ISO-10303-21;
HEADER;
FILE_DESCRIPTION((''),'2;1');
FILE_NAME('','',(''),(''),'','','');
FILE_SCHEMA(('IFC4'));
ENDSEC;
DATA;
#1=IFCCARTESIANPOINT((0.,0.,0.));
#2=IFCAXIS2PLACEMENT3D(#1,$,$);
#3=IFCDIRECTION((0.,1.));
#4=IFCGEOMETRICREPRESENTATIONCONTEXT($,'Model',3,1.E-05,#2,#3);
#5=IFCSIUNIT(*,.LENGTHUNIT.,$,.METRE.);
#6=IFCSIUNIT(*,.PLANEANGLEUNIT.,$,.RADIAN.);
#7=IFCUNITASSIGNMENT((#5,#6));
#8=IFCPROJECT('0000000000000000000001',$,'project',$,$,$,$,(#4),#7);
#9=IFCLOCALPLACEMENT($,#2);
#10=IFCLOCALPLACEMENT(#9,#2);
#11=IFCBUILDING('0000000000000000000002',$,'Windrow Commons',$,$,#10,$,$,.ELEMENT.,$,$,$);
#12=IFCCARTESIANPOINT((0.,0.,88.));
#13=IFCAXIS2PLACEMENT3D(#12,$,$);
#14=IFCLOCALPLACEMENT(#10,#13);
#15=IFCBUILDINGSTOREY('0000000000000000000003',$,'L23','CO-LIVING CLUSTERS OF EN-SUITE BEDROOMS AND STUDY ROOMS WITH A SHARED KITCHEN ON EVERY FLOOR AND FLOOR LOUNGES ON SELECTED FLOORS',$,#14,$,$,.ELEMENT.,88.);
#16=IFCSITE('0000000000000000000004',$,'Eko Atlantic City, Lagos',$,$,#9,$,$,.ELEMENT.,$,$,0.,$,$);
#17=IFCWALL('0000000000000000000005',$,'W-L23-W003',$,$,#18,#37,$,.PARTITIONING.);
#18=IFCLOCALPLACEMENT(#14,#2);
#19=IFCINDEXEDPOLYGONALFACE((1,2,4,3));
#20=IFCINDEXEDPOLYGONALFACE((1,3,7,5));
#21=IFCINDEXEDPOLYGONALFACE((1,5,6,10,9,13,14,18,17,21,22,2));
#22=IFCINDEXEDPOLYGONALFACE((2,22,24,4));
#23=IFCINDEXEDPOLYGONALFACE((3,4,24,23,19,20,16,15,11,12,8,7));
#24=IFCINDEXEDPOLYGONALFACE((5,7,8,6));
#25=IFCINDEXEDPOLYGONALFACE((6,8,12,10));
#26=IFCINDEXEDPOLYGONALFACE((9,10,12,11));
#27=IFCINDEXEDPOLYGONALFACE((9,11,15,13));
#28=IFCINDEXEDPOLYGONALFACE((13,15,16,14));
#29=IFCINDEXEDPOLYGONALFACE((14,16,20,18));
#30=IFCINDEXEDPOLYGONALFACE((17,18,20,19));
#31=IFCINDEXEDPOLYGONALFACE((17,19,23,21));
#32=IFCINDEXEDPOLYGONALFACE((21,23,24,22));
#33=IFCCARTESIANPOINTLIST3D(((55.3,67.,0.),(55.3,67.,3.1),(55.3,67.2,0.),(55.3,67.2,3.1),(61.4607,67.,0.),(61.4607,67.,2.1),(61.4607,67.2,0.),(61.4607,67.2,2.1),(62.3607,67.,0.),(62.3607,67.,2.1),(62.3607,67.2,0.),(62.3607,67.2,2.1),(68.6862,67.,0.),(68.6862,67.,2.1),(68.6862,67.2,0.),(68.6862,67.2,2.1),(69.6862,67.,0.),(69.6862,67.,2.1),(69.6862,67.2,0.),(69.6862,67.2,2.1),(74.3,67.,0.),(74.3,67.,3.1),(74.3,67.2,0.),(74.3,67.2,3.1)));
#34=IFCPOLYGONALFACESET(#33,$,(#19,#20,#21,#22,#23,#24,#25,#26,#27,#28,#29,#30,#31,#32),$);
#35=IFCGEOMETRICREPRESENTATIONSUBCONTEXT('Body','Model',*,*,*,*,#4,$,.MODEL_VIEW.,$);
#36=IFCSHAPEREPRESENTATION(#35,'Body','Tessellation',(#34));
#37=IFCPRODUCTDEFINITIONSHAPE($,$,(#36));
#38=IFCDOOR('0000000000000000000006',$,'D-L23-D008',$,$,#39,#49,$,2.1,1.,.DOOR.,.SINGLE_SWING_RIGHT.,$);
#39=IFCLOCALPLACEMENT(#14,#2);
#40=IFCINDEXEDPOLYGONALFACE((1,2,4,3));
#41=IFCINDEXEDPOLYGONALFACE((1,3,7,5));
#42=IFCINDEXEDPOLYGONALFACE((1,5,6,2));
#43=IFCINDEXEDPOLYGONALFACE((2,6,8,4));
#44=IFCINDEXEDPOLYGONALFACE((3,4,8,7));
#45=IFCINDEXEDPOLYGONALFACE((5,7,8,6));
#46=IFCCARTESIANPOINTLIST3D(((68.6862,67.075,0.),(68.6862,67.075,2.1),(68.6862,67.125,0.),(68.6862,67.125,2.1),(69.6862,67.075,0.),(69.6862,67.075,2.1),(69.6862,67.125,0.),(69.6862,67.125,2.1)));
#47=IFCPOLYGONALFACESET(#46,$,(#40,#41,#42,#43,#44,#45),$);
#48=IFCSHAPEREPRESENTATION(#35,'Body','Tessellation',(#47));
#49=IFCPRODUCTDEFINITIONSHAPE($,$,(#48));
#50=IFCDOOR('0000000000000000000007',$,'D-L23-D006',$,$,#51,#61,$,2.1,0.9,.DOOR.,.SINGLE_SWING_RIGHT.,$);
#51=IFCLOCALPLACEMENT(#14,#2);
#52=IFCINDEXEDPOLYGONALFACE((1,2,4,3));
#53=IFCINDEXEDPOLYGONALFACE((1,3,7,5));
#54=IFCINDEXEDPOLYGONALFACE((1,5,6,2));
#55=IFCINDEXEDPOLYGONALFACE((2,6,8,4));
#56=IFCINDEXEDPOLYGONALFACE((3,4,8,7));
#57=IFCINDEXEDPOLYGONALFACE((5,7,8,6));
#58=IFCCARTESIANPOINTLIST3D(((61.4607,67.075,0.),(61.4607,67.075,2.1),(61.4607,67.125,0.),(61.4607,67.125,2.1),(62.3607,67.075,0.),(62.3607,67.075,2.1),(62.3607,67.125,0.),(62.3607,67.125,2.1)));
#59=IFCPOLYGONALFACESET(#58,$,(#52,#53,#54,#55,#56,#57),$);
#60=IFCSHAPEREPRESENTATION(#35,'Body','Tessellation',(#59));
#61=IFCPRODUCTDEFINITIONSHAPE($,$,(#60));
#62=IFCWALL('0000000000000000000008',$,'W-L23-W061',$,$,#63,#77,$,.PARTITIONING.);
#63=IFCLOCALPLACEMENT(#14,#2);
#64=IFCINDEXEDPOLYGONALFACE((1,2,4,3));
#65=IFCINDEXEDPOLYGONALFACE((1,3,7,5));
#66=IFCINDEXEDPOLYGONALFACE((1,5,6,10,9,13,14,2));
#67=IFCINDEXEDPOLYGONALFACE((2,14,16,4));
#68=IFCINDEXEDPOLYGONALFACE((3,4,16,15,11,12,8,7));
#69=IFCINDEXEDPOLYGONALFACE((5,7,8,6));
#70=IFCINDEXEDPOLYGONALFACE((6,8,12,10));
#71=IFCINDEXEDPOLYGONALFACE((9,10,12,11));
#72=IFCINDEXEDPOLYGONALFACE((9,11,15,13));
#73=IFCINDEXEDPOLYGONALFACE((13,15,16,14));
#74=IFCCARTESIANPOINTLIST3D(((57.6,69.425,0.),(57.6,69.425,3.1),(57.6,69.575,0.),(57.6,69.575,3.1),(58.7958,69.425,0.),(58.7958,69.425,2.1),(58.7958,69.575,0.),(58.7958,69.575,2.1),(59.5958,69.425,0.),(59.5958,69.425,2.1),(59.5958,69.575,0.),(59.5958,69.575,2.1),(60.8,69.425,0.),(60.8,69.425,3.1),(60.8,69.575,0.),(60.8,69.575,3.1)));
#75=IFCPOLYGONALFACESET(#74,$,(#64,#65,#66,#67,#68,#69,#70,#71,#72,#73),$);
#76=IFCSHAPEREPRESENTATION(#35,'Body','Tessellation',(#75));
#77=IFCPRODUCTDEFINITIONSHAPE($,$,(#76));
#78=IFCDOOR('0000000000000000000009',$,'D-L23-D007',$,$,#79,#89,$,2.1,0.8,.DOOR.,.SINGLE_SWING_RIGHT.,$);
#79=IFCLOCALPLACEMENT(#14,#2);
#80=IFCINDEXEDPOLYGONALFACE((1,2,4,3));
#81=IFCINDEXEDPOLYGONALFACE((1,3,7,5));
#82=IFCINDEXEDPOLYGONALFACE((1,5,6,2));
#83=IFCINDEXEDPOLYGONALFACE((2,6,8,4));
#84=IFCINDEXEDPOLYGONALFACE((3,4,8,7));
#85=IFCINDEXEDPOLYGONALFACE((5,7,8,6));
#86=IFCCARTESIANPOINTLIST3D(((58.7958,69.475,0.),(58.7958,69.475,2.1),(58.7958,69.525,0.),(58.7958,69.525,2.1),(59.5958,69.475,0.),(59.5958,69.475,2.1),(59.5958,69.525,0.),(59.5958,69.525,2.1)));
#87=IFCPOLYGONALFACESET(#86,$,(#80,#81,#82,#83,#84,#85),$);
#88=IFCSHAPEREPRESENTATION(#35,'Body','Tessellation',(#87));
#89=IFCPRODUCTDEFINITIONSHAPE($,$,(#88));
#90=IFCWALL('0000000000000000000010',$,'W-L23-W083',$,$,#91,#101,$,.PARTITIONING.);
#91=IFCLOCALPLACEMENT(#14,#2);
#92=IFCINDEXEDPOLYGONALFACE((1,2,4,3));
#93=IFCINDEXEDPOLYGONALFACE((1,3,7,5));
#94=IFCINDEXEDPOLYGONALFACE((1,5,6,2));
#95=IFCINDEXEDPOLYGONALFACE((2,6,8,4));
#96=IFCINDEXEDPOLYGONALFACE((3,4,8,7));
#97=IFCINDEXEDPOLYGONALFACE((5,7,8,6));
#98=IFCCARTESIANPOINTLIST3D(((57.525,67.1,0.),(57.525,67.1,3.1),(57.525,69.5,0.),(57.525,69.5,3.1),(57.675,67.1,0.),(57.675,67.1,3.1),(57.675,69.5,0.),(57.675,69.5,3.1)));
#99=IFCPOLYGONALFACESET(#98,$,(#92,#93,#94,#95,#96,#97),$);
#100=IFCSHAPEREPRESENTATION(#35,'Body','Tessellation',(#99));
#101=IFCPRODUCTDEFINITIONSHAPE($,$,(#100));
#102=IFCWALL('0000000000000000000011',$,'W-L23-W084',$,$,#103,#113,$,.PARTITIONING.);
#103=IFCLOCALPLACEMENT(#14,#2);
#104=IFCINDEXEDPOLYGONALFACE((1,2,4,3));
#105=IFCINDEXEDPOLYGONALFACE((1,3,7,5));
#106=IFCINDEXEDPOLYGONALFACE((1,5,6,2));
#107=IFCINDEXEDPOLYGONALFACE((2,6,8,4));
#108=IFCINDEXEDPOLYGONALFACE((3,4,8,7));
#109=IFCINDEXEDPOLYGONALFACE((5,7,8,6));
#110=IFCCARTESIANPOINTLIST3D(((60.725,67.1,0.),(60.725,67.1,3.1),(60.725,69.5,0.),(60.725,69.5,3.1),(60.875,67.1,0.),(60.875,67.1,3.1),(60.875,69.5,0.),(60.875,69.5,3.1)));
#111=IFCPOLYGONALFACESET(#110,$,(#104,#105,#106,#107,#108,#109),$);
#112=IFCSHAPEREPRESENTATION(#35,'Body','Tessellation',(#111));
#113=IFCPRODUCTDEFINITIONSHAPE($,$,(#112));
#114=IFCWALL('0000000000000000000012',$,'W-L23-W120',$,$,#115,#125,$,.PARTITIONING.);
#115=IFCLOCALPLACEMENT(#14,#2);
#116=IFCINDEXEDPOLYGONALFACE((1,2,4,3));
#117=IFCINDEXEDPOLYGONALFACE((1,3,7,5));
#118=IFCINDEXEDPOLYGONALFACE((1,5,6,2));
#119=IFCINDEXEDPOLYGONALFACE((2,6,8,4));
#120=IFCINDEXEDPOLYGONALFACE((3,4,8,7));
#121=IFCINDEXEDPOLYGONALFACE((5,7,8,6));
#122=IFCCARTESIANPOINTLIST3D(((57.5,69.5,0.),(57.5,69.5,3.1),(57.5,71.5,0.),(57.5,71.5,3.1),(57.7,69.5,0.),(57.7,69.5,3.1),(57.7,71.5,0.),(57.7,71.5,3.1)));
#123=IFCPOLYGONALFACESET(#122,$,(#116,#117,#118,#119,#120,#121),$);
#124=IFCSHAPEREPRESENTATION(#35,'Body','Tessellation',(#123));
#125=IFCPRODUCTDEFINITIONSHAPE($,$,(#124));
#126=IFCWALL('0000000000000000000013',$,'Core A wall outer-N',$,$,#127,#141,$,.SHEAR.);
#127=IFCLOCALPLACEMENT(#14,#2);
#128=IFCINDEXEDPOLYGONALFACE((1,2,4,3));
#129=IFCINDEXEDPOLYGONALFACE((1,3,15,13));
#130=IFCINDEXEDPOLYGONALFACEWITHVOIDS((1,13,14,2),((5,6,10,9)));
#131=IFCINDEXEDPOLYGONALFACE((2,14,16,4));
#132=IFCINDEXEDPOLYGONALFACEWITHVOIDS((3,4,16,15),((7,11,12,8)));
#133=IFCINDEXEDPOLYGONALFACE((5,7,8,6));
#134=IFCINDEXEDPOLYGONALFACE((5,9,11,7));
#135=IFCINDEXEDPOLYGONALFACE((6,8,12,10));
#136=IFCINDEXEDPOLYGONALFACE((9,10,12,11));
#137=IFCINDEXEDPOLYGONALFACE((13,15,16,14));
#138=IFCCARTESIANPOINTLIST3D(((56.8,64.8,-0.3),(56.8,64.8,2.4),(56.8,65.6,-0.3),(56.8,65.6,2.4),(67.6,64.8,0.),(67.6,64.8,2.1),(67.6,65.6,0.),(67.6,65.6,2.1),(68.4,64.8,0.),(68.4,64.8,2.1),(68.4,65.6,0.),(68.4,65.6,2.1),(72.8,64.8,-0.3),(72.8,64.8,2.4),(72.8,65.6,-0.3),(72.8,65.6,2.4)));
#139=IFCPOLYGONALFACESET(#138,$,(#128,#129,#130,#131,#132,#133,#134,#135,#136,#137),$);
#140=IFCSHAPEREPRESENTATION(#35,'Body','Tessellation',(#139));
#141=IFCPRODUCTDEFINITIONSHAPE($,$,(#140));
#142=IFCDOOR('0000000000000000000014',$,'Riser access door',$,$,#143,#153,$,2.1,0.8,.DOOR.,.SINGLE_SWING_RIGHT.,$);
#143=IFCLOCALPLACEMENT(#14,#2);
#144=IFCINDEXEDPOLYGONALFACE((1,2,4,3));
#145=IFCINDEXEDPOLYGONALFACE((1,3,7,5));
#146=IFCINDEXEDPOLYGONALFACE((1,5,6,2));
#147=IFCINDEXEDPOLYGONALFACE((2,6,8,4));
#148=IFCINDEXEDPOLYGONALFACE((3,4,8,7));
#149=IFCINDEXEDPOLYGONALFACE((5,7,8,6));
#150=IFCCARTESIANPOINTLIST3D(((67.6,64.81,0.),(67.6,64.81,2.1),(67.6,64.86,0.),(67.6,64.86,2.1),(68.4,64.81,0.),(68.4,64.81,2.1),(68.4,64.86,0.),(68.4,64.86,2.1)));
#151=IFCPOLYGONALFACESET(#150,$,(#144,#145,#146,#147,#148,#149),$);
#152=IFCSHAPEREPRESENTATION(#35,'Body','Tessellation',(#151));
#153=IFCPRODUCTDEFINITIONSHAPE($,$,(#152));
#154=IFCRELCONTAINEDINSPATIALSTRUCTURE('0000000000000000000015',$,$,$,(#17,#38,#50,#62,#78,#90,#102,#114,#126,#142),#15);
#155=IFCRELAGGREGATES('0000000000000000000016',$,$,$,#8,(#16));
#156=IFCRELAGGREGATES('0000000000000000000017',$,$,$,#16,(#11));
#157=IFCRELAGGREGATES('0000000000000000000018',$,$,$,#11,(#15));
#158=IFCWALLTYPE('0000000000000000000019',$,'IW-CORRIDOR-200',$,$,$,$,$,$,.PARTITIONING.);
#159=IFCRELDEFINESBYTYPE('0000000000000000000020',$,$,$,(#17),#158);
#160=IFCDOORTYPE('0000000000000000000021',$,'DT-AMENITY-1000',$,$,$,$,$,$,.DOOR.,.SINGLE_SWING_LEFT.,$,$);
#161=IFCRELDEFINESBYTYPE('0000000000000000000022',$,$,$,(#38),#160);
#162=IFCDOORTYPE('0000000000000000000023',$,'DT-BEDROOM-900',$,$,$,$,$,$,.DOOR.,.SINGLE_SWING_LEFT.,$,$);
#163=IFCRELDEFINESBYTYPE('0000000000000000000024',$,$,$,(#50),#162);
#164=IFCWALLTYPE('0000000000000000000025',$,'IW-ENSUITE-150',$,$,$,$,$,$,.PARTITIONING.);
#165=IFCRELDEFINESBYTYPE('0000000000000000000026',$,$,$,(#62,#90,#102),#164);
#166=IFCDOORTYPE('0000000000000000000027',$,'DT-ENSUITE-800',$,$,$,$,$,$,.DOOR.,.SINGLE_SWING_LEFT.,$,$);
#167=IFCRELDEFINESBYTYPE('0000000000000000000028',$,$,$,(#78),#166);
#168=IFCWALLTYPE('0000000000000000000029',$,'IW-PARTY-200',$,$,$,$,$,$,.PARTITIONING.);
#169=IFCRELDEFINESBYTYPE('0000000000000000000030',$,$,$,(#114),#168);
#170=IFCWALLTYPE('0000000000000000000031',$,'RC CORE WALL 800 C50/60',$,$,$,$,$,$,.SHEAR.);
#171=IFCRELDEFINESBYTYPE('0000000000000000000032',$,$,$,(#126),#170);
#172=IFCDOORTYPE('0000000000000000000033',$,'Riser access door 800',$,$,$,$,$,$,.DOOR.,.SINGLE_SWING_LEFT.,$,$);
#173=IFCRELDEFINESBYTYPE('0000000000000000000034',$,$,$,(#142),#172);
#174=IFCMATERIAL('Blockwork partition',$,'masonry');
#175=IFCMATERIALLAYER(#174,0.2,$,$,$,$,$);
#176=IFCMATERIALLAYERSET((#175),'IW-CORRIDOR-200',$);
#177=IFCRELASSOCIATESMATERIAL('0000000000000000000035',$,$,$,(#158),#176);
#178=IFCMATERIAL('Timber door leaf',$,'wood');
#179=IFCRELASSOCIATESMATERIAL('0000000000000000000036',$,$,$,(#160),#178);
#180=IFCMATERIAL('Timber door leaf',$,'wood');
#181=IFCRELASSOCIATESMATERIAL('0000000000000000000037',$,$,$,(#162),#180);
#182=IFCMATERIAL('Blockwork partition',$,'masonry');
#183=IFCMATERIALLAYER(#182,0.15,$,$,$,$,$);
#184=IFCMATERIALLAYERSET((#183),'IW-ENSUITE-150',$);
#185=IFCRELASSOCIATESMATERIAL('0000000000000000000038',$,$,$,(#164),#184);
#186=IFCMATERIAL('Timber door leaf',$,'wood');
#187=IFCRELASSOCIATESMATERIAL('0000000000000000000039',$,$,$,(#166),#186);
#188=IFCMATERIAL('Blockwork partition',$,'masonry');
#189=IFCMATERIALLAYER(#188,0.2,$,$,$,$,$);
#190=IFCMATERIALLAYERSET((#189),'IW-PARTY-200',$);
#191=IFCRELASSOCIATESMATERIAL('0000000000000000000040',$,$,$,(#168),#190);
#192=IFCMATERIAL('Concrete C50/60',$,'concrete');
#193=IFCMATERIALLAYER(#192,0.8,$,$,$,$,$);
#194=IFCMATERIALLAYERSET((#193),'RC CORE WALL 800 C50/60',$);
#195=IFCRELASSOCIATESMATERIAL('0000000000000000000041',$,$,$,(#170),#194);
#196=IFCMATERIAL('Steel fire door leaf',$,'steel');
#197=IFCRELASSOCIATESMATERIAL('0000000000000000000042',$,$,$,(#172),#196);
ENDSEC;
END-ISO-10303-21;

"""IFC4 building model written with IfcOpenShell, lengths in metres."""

from ifc_helpers import new_model, si_unit, direction, frame, frame_2d, origin, place, context, subcontext, project, spatial, rectangle, extrude, material, layer, layer_set, type_object, element, fill, save


model = new_model("IFC4")

# Units and contexts
model_context = context("Model", 3, precision=1e-05, world=origin(), true_north=direction((0.0, 1.0)))
body_context = subcontext(model_context, "Body", "Model", "MODEL_VIEW")
ifc_project = project(units=[si_unit("LENGTHUNIT", "METRE"), si_unit("PLANEANGLEUNIT", "RADIAN")], contexts=[model_context])

# Site, building, storey
site_placement = place(None, origin())
site = spatial("IfcSite", under=ifc_project, at=site_placement, Name="Eko Atlantic City, Lagos", CompositionType="ELEMENT", RefElevation=0.0)
building_placement = place(site_placement, origin())
building = spatial("IfcBuilding", under=site, at=building_placement, Name="Windrow Commons", CompositionType="ELEMENT")
storey_placement = place(building_placement, frame((0.0, 0.0, 88.0)))
storey = spatial("IfcBuildingStorey", under=building, at=storey_placement, Name="L23", Description="CO-LIVING CLUSTERS OF EN-SUITE BEDROOMS AND STUDY ROOMS WITH A SHARED KITCHEN ON EVERY FLOOR AND FLOOR LOUNGES ON SELECTED FLOORS", CompositionType="ELEMENT", Elevation=88.0)

# Wall, openings, doors
ifc_material_1 = material(Name="Blockwork partition", Category="masonry")
ifc_layer_1 = layer(ifc_material_1, 0.2)
ifc_layer_set_1 = layer_set([ifc_layer_1], Name="IW-CORRIDOR-200")
wall_type_1 = type_object("IfcWallType", Name="IW-CORRIDOR-200", PredefinedType="PARTITIONING", material=ifc_layer_set_1)
wall_1_placement = place(storey_placement, frame((55.3, 67.1, 0.0), z_axis=(0.0, 0.0, 1.0), x_axis=(1.0, 0.0, 0.0)))
wall_1 = element("IfcWall", 1, at=wall_1_placement, inside=storey, type_object=wall_type_1, Name="W-L23-W003", PredefinedType="PARTITIONING", context=body_context, shape_type="SweptSolid", body=[
    extrude(rectangle(XDim=19.0, YDim=0.2, at=frame_2d((9.5, 0.0))), origin(), (0.0, 0.0, 1.0), 3.1),
])
opening_1_placement = place(wall_1_placement, frame((6.1607, 0.0, 0.0)))
opening_1 = element("IfcOpeningElement", 2, at=opening_1_placement, cuts=wall_1, PredefinedType="OPENING", context=body_context, shape_type="SweptSolid", body=[
    extrude(rectangle(XDim=0.9, YDim=2.1, at=frame_2d((0.45, 1.05))), frame((0.0, 0.11, 0.0), z_axis=(0.0, -1.0, 0.0), x_axis=(1.0, 0.0, 0.0)), (0.0, 0.0, 1.0), 0.22),
])
opening_2_placement = place(wall_1_placement, frame((13.3862, 0.0, 0.0)))
opening_2 = element("IfcOpeningElement", 3, at=opening_2_placement, cuts=wall_1, PredefinedType="OPENING", context=body_context, shape_type="SweptSolid", body=[
    extrude(rectangle(XDim=1.0, YDim=2.1, at=frame_2d((0.5, 1.05))), frame((0.0, 0.11, 0.0), z_axis=(0.0, -1.0, 0.0), x_axis=(1.0, 0.0, 0.0)), (0.0, 0.0, 1.0), 0.22),
])
ifc_material_2 = material(Name="Timber door leaf", Category="wood")
door_type_1 = type_object("IfcDoorType", Name="DT-AMENITY-1000", OperationType="SINGLE_SWING_LEFT", PredefinedType="DOOR", material=ifc_material_2)
door_1_placement = place(opening_2_placement, origin())
door_1 = element("IfcDoor", 4, at=door_1_placement, inside=storey, type_object=door_type_1, Name="D-L23-D008", OperationType="SINGLE_SWING_RIGHT", OverallHeight=2.1, OverallWidth=1.0, PredefinedType="DOOR", context=body_context, shape_type="SweptSolid", body=[
    extrude(rectangle(XDim=1.0, YDim=2.1, at=frame_2d((0.5, 1.05))), frame((0.0, 0.025, 0.0), z_axis=(0.0, -1.0, 0.0), x_axis=(1.0, 0.0, 0.0)), (0.0, 0.0, 1.0), 0.05),
])
fill(opening_2, door_1)
ifc_material_3 = material(Name="Timber door leaf", Category="wood")
door_type_2 = type_object("IfcDoorType", Name="DT-BEDROOM-900", OperationType="SINGLE_SWING_LEFT", PredefinedType="DOOR", material=ifc_material_3)
door_2_placement = place(opening_1_placement, origin())
door_2 = element("IfcDoor", 5, at=door_2_placement, inside=storey, type_object=door_type_2, Name="D-L23-D006", OperationType="SINGLE_SWING_RIGHT", OverallHeight=2.1, OverallWidth=0.9, PredefinedType="DOOR", context=body_context, shape_type="SweptSolid", body=[
    extrude(rectangle(XDim=0.9, YDim=2.1, at=frame_2d((0.45, 1.05))), frame((0.0, 0.025, 0.0), z_axis=(0.0, -1.0, 0.0), x_axis=(1.0, 0.0, 0.0)), (0.0, 0.0, 1.0), 0.05),
])
fill(opening_1, door_2)

# Wall, opening, door
ifc_material_4 = material(Name="Blockwork partition", Category="masonry")
ifc_layer_2 = layer(ifc_material_4, 0.15)
ifc_layer_set_2 = layer_set([ifc_layer_2], Name="IW-ENSUITE-150")
wall_type_2 = type_object("IfcWallType", Name="IW-ENSUITE-150", PredefinedType="PARTITIONING", material=ifc_layer_set_2)
wall_2_placement = place(storey_placement, frame((57.6, 69.5, 0.0), z_axis=(0.0, 0.0, 1.0), x_axis=(1.0, 0.0, 0.0)))
wall_2 = element("IfcWall", 6, at=wall_2_placement, inside=storey, type_object=wall_type_2, Name="W-L23-W061", PredefinedType="PARTITIONING", context=body_context, shape_type="SweptSolid", body=[
    extrude(rectangle(XDim=3.2, YDim=0.15, at=frame_2d((1.6, 0.0))), origin(), (0.0, 0.0, 1.0), 3.1),
])
opening_3_placement = place(wall_2_placement, frame((1.1958, 0.0, 0.0)))
opening_3 = element("IfcOpeningElement", 7, at=opening_3_placement, cuts=wall_2, PredefinedType="OPENING", context=body_context, shape_type="SweptSolid", body=[
    extrude(rectangle(XDim=0.8, YDim=2.1, at=frame_2d((0.4, 1.05))), frame((0.0, 0.085, 0.0), z_axis=(0.0, -1.0, 0.0), x_axis=(1.0, 0.0, 0.0)), (0.0, 0.0, 1.0), 0.17),
])
ifc_material_5 = material(Name="Timber door leaf", Category="wood")
door_type_3 = type_object("IfcDoorType", Name="DT-ENSUITE-800", OperationType="SINGLE_SWING_LEFT", PredefinedType="DOOR", material=ifc_material_5)
door_3_placement = place(opening_3_placement, origin())
door_3 = element("IfcDoor", 8, at=door_3_placement, inside=storey, type_object=door_type_3, Name="D-L23-D007", OperationType="SINGLE_SWING_RIGHT", OverallHeight=2.1, OverallWidth=0.8, PredefinedType="DOOR", context=body_context, shape_type="SweptSolid", body=[
    extrude(rectangle(XDim=0.8, YDim=2.1, at=frame_2d((0.4, 1.05))), frame((0.0, 0.025, 0.0), z_axis=(0.0, -1.0, 0.0), x_axis=(1.0, 0.0, 0.0)), (0.0, 0.0, 1.0), 0.05),
])
fill(opening_3, door_3)

# Walls
for number, where, z_axis, x_axis, name in (
    (9, (57.6, 67.1, 0.0), (0.0, 0.0, 1.0), (0.0, 1.0, 0.0), "W-L23-W083"),
    (10, (60.8, 67.1, 0.0), (0.0, 0.0, 1.0), (0.0, 1.0, 0.0), "W-L23-W084"),
):
    element("IfcWall", number, at=place(storey_placement, frame(where, z_axis=z_axis, x_axis=x_axis)), inside=storey, type_object=wall_type_2, Name=name, PredefinedType="PARTITIONING", context=body_context, shape_type="SweptSolid", body=[
        extrude(rectangle(XDim=2.4, YDim=0.15, at=frame_2d((1.2, 0.0))), origin(), (0.0, 0.0, 1.0), 3.1),
    ])
ifc_material_6 = material(Name="Blockwork partition", Category="masonry")
ifc_layer_3 = layer(ifc_material_6, 0.2)
ifc_layer_set_3 = layer_set([ifc_layer_3], Name="IW-PARTY-200")
wall_type_3 = type_object("IfcWallType", Name="IW-PARTY-200", PredefinedType="PARTITIONING", material=ifc_layer_set_3)
wall_3_placement = place(storey_placement, frame((57.6, 69.5, 0.0), z_axis=(0.0, 0.0, 1.0), x_axis=(0.0, 1.0, 0.0)))
element("IfcWall", 11, at=wall_3_placement, inside=storey, type_object=wall_type_3, Name="W-L23-W120", PredefinedType="PARTITIONING", context=body_context, shape_type="SweptSolid", body=[
    extrude(rectangle(XDim=2.0, YDim=0.2, at=frame_2d((1.0, 0.0))), origin(), (0.0, 0.0, 1.0), 3.1),
])

# Wall, opening, door
ifc_material_7 = material(Name="Concrete C50/60", Category="concrete")
ifc_layer_4 = layer(ifc_material_7, 0.8)
ifc_layer_set_4 = layer_set([ifc_layer_4], Name="RC CORE WALL 800 C50/60")
wall_type_4 = type_object("IfcWallType", Name="RC CORE WALL 800 C50/60", PredefinedType="SHEAR", material=ifc_layer_set_4)
wall_4_placement = place(storey_placement, frame((56.8, 65.2, -0.3), z_axis=(0.0, 0.0, 1.0), x_axis=(1.0, 0.0, 0.0)))
wall_4 = element("IfcWall", 12, at=wall_4_placement, inside=storey, type_object=wall_type_4, Name="Core A wall outer-N", PredefinedType="SHEAR", context=body_context, shape_type="SweptSolid", body=[
    extrude(rectangle(XDim=16.0, YDim=0.8, at=frame_2d((8.0, 0.0))), origin(), (0.0, 0.0, 1.0), 2.7),
])
opening_4_placement = place(wall_4_placement, frame((10.8, 0.0, 0.3)))
opening_4 = element("IfcOpeningElement", 13, at=opening_4_placement, cuts=wall_4, PredefinedType="OPENING", context=body_context, shape_type="SweptSolid", body=[
    extrude(rectangle(XDim=0.8, YDim=2.1, at=frame_2d((0.4, 1.05))), frame((0.0, 0.41, 0.0), z_axis=(0.0, -1.0, 0.0), x_axis=(1.0, 0.0, 0.0)), (0.0, 0.0, 1.0), 0.82),
])
ifc_material_8 = material(Name="Steel fire door leaf", Category="steel")
door_type_4 = type_object("IfcDoorType", Name="Riser access door 800", OperationType="SINGLE_SWING_LEFT", PredefinedType="DOOR", material=ifc_material_8)
door_4_placement = place(opening_4_placement, origin())
door_4 = element("IfcDoor", 14, at=door_4_placement, inside=storey, type_object=door_type_4, Name="Riser access door", OperationType="SINGLE_SWING_RIGHT", OverallHeight=2.1, OverallWidth=0.8, PredefinedType="DOOR", context=body_context, shape_type="SweptSolid", body=[
    extrude(rectangle(XDim=0.8, YDim=2.1, at=frame_2d((0.4, 1.05))), frame((0.0, -0.34, 0.0), z_axis=(0.0, -1.0, 0.0), x_axis=(1.0, 0.0, 0.0)), (0.0, 0.0, 1.0), 0.05),
])
fill(opening_4, door_4)

save(model, "model.ifc")
